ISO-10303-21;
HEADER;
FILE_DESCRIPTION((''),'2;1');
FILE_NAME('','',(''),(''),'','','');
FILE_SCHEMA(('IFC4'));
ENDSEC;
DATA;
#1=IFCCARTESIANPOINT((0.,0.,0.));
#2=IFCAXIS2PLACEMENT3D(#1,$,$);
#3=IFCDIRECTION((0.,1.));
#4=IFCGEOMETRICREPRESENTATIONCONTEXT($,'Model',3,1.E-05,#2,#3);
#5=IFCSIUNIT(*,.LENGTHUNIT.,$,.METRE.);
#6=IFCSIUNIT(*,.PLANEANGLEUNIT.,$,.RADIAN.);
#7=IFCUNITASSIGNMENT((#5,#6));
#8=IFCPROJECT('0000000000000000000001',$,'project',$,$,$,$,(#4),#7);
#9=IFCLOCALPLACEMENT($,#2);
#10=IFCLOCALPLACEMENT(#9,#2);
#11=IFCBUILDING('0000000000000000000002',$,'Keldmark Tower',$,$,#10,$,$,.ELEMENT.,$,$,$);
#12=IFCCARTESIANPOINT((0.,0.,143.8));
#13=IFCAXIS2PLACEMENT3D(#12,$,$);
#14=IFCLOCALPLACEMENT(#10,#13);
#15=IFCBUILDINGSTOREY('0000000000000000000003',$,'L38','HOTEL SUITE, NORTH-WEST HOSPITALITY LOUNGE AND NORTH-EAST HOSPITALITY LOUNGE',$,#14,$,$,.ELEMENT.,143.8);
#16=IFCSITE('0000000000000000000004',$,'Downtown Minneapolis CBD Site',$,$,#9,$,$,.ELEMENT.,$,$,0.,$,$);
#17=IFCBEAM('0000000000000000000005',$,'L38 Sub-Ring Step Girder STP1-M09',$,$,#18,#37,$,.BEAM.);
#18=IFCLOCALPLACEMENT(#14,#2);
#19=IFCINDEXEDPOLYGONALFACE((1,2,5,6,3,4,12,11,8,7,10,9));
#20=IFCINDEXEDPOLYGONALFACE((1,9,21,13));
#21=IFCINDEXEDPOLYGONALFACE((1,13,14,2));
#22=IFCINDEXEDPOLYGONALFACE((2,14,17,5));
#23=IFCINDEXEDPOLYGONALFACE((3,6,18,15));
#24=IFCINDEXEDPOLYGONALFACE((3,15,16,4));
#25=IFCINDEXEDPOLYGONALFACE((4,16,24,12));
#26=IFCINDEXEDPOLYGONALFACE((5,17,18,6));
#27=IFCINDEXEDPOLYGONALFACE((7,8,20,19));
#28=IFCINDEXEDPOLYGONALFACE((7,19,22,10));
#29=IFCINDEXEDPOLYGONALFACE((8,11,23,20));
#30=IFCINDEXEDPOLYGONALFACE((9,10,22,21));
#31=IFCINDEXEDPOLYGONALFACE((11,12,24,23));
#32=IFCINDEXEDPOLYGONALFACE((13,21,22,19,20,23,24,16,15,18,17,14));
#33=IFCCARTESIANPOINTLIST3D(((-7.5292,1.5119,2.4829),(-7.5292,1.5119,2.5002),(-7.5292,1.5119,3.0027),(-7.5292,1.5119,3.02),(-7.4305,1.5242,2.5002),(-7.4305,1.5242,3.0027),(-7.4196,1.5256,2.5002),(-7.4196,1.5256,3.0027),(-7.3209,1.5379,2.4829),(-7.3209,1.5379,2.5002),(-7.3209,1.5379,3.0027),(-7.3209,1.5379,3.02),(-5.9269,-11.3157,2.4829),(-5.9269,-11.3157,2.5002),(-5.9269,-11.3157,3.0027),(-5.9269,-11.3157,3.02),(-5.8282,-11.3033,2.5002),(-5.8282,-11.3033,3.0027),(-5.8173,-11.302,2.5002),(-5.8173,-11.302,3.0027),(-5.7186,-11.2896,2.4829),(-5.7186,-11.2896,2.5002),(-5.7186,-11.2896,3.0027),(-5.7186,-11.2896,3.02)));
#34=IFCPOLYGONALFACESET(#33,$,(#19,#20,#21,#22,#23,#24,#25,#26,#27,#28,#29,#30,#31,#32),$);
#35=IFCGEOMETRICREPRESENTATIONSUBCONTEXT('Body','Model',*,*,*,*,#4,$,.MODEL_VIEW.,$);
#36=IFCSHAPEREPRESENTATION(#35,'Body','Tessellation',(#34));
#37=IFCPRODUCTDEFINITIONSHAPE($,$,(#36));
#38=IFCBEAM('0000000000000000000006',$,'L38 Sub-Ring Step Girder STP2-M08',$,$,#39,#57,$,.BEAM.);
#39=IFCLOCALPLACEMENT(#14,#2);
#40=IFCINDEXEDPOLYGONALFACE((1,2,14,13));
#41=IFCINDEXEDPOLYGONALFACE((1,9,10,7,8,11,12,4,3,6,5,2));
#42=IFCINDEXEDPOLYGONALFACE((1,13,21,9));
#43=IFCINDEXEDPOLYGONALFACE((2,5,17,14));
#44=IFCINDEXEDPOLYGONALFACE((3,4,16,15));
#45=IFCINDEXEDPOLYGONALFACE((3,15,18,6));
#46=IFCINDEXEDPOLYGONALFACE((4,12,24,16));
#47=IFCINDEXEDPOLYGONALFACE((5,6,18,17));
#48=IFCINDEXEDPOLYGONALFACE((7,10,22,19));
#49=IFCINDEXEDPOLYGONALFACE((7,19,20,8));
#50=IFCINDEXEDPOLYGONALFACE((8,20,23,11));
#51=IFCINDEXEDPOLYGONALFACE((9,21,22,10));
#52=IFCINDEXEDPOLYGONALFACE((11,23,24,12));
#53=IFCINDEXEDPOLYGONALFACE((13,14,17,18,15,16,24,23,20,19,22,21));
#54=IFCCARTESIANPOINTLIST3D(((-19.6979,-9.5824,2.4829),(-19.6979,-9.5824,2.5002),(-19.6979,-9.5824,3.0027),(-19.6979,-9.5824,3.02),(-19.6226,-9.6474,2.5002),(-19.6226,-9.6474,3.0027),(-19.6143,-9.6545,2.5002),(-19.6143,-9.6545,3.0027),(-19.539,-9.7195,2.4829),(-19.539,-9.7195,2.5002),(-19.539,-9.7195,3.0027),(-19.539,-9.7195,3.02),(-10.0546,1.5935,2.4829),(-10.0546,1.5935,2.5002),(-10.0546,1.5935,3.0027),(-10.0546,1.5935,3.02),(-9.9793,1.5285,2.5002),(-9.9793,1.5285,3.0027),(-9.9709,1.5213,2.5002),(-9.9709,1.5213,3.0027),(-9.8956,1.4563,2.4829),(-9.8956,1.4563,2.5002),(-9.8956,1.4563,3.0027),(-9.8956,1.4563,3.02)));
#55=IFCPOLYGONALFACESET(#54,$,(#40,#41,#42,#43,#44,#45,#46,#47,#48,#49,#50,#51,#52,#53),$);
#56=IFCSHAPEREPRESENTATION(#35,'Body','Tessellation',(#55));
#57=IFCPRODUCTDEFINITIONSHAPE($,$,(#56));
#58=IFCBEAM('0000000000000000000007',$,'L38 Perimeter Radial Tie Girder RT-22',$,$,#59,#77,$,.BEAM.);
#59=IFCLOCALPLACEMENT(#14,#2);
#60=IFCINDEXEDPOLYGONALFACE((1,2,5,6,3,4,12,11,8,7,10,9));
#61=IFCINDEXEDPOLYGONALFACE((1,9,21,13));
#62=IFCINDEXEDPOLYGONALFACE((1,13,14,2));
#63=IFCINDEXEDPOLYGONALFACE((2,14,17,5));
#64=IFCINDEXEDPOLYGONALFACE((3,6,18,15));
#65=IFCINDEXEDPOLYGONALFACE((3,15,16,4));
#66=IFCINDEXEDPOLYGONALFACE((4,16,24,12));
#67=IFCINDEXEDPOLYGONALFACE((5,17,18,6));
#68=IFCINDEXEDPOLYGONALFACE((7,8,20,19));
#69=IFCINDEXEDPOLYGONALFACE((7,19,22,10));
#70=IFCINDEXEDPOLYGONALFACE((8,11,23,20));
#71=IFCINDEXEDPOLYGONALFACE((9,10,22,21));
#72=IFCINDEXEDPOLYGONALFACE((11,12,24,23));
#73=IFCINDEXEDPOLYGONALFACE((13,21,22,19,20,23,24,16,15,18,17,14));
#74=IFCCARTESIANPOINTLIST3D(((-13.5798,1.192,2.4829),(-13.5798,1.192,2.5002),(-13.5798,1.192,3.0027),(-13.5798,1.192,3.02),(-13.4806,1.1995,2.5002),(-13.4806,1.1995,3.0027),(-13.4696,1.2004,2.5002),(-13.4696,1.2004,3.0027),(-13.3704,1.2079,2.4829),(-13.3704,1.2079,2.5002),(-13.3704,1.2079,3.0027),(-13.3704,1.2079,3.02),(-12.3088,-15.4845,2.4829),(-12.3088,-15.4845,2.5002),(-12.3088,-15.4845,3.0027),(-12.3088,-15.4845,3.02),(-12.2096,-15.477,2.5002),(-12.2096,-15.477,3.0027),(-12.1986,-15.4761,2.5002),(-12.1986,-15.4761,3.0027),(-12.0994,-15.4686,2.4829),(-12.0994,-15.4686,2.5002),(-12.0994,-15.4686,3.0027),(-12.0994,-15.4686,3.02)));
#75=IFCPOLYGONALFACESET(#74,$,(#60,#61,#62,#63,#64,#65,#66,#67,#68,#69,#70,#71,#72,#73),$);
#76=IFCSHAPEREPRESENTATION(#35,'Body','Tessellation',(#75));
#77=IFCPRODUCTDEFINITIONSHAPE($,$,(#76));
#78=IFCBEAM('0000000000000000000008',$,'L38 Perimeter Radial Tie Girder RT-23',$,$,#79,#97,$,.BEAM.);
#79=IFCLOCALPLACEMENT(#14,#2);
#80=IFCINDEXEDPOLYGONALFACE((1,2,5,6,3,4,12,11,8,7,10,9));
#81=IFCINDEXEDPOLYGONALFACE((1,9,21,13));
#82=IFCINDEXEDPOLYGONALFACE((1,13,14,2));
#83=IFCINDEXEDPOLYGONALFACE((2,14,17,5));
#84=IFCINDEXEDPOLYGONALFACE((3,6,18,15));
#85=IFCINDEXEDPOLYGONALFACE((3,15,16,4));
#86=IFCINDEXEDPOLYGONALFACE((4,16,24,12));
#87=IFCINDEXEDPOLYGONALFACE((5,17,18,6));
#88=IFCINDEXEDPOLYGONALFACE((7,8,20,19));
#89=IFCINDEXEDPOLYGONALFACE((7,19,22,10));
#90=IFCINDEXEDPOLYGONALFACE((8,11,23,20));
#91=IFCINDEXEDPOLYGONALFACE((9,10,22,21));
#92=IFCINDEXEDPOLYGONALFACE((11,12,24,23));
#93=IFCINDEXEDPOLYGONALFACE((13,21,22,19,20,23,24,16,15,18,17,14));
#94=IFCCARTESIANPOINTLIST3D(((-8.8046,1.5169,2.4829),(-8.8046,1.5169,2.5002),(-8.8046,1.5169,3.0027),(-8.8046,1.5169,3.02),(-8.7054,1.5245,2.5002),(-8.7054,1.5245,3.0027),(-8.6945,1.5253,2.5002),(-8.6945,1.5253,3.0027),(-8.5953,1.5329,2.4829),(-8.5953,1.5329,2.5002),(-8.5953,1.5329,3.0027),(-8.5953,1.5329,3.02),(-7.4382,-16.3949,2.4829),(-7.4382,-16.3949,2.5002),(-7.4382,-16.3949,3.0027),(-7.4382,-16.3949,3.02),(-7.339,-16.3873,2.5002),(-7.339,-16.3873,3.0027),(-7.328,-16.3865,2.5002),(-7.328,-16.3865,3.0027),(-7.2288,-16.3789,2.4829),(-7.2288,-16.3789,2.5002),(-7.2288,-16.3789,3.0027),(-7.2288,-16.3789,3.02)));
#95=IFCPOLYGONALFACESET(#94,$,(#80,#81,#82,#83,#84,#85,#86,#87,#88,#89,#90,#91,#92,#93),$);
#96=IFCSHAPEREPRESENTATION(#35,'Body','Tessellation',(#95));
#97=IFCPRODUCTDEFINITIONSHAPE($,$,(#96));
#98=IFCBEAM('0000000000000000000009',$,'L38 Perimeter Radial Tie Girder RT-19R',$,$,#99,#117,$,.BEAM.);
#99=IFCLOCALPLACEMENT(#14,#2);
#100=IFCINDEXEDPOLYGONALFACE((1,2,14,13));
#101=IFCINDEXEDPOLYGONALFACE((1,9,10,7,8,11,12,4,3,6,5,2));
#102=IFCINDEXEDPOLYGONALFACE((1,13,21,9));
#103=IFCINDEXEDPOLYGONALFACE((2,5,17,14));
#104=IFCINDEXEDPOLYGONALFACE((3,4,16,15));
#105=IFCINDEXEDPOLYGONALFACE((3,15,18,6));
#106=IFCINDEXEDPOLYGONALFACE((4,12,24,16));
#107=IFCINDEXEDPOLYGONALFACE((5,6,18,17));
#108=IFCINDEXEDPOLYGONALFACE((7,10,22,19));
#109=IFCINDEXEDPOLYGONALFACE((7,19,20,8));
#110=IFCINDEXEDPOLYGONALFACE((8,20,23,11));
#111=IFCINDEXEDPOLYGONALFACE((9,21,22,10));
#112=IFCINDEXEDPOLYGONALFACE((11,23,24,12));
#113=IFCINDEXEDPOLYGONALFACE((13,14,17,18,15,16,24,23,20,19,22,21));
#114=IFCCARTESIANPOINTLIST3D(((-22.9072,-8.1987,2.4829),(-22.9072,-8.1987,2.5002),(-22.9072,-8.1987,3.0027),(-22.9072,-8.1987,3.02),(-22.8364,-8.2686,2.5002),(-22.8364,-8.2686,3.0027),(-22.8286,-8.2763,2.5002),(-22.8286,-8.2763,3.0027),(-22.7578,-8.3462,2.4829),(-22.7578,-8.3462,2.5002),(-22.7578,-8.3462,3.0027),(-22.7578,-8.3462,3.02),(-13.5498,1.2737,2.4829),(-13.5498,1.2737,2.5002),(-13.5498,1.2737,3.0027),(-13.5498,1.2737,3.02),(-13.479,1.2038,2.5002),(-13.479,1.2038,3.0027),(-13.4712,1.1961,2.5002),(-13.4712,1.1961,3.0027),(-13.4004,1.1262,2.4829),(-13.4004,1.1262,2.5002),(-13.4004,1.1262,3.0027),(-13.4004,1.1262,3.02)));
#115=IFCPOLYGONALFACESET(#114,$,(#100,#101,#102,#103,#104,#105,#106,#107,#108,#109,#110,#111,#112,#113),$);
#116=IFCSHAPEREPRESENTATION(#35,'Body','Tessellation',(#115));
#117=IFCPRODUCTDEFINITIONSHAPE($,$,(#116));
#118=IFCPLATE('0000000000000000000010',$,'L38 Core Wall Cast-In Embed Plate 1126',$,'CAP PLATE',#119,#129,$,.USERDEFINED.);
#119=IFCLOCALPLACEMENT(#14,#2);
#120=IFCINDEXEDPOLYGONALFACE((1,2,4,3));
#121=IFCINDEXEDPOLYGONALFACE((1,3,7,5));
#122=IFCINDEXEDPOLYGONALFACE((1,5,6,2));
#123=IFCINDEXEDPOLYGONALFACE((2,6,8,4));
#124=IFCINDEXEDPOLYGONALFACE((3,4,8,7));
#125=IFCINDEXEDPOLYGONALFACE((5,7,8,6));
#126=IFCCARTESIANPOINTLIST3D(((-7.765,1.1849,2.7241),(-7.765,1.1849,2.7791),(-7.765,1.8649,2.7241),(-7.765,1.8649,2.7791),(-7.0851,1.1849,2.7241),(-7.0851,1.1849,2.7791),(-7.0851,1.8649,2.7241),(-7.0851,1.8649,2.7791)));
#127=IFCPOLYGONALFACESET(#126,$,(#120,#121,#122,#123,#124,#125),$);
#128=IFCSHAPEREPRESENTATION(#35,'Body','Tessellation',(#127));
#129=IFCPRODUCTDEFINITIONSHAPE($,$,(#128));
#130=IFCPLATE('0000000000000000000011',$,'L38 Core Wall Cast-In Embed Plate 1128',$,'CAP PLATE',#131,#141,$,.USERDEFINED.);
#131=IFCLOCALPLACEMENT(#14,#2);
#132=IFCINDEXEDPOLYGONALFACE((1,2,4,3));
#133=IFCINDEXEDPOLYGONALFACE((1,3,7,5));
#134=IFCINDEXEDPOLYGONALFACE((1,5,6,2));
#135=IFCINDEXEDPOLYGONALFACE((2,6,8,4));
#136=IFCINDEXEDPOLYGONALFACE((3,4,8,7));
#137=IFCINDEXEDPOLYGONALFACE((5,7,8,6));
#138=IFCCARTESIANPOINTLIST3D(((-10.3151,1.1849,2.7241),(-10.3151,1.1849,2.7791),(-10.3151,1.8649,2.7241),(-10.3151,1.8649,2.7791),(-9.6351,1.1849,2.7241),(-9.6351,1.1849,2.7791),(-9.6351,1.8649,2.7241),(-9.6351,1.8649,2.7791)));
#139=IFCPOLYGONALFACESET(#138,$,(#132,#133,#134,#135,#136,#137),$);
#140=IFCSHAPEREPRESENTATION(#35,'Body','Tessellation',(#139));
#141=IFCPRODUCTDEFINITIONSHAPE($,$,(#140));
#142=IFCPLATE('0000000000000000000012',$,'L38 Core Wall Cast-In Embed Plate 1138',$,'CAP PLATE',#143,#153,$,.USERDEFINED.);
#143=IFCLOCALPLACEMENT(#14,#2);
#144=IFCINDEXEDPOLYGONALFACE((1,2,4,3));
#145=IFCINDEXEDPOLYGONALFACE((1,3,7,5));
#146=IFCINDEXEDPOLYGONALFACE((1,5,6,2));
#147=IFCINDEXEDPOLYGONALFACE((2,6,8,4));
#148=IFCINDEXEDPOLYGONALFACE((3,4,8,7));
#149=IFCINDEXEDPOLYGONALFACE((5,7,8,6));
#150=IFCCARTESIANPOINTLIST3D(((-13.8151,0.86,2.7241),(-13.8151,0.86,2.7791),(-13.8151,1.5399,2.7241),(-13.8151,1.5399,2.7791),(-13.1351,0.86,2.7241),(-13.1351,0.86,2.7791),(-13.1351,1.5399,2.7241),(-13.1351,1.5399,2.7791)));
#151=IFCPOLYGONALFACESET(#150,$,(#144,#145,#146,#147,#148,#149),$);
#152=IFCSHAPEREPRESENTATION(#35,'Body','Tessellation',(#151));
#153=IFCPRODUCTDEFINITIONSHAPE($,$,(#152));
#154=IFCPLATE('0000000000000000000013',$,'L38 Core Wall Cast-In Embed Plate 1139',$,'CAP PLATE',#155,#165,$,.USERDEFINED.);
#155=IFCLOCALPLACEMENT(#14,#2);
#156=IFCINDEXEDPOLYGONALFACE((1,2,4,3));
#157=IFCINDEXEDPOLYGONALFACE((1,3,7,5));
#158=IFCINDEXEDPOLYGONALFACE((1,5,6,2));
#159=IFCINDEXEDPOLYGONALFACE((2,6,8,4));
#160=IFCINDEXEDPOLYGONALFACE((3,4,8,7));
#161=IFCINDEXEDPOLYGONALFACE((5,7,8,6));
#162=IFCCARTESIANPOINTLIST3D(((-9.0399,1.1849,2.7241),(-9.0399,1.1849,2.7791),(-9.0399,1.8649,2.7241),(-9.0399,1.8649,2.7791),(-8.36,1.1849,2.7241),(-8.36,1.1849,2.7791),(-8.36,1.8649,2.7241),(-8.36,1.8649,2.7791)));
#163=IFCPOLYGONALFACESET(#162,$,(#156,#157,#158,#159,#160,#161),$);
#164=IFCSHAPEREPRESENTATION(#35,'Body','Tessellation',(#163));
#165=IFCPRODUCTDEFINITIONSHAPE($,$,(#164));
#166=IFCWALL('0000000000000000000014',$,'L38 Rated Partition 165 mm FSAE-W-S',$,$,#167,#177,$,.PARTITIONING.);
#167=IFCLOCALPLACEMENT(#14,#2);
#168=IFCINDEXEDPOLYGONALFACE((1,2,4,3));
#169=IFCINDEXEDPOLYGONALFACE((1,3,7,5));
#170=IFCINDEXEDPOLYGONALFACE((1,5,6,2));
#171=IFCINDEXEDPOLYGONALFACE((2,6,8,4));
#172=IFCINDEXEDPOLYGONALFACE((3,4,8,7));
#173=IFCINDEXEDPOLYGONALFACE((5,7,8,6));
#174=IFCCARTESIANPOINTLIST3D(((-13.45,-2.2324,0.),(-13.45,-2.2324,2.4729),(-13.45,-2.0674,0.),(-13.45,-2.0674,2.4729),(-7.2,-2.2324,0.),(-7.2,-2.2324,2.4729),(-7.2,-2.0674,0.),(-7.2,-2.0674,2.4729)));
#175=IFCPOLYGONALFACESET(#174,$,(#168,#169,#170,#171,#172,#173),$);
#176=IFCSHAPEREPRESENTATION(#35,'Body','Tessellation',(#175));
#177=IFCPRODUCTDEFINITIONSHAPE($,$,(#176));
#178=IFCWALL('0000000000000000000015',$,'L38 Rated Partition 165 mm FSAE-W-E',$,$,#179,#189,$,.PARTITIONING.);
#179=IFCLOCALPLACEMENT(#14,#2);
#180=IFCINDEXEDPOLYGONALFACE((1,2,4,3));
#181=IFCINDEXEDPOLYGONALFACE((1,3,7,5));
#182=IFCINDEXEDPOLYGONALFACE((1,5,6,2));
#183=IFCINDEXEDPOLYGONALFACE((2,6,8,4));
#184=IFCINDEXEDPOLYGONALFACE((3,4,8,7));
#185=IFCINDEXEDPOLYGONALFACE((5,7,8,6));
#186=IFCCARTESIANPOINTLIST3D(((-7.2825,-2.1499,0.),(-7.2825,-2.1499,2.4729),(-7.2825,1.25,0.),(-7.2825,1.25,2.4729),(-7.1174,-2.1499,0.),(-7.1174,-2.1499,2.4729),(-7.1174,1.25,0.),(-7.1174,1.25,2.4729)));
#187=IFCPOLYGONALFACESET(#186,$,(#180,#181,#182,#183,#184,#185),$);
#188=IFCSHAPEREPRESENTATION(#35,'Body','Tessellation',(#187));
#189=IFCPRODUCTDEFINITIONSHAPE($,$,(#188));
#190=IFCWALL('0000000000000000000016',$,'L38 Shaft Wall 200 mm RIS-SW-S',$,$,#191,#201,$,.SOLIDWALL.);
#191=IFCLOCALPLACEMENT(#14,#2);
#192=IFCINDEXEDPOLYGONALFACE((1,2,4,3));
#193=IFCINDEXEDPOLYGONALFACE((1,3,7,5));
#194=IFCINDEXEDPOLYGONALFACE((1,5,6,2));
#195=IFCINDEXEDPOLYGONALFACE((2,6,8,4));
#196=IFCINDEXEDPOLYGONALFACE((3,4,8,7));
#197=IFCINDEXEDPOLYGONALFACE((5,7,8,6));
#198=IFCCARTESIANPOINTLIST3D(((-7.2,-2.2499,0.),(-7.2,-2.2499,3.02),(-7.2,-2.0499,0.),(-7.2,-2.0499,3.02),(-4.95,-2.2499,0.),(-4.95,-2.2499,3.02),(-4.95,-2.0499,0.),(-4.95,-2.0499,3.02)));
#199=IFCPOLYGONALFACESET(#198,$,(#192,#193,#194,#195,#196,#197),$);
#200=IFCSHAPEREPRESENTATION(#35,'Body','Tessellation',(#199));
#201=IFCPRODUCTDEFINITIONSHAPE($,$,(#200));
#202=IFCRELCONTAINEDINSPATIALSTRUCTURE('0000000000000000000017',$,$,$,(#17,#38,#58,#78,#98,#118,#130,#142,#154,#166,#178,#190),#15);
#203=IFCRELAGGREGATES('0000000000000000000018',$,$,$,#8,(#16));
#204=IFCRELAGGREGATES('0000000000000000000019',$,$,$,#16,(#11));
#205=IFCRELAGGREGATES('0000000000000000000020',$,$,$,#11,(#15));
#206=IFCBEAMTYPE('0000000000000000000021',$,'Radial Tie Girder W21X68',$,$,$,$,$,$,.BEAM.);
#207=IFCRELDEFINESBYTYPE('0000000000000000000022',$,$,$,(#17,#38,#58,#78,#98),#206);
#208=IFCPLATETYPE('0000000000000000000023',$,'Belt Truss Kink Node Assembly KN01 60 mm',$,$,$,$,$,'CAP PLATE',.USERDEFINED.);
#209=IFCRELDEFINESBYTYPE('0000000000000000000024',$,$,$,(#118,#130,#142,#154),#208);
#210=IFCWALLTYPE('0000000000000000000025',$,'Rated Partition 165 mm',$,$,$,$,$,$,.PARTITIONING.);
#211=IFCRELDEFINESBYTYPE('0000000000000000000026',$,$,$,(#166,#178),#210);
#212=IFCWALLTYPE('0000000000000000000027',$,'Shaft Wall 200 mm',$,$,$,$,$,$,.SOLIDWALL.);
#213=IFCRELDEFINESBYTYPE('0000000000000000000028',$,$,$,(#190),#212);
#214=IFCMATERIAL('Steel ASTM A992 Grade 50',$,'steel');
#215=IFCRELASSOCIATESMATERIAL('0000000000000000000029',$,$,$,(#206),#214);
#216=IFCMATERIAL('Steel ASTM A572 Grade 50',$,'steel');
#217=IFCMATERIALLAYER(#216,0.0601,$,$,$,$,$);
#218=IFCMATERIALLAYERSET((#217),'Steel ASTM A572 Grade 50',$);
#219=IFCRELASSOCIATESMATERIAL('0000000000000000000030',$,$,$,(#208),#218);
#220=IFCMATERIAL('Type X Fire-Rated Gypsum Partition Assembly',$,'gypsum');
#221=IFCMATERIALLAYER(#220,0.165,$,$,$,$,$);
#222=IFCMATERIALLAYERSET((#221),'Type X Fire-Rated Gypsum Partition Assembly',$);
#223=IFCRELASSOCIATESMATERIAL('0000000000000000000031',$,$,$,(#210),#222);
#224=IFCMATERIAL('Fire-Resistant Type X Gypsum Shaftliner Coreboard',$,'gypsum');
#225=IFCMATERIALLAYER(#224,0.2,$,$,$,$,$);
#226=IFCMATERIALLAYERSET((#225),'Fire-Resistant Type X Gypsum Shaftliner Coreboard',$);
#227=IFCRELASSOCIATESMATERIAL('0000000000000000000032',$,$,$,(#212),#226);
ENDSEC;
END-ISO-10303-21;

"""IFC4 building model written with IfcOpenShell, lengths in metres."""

from ifc_helpers import new_model, si_unit, direction, frame, frame_2d, origin, origin_2d, place, context, subcontext, project, spatial, rectangle, i_section, extrude, material, layer, layer_set, material_profile, profile_set, type_object, element, save


model = new_model("IFC4")

# Units and contexts
model_context = context("Model", 3, precision=1e-05, world=origin(), true_north=direction((0.0, 1.0)))
body_context = subcontext(model_context, "Body", "Model", "MODEL_VIEW")
ifc_project = project(units=[si_unit("LENGTHUNIT", "METRE"), si_unit("PLANEANGLEUNIT", "RADIAN")], contexts=[model_context])

# Site, building, storey
site_placement = place(None, origin())
site = spatial("IfcSite", under=ifc_project, at=site_placement, Name="Downtown Minneapolis CBD Site", CompositionType="ELEMENT", RefElevation=0.0)
building_placement = place(site_placement, origin())
building = spatial("IfcBuilding", under=site, at=building_placement, Name="Keldmark Tower", CompositionType="ELEMENT")
storey_placement = place(building_placement, frame((0.0, 0.0, 143.8)))
storey = spatial("IfcBuildingStorey", under=building, at=storey_placement, Name="L38", Description="HOTEL SUITE, NORTH-WEST HOSPITALITY LOUNGE AND NORTH-EAST HOSPITALITY LOUNGE", CompositionType="ELEMENT", Elevation=143.8)

# Beams
ifc_material_1 = material(Name="Steel ASTM A992 Grade 50", Category="steel")
ifc_material_profile = material_profile(ifc_material_1, i_section(OverallWidth=0.21, OverallDepth=0.5371, WebThickness=0.011, FlangeThickness=0.0173, at=origin_2d()), Name="W21X68")
ifc_profile_set = profile_set([ifc_material_profile], Name="Steel ASTM A992 Grade 50")
beam_type = type_object("IfcBeamType", Name="Radial Tie Girder W21X68", PredefinedType="BEAM", material=ifc_profile_set)
beam_1_placement = place(storey_placement, frame((-7.425, 1.5249, 2.7515), z_axis=(0.123946, -0.992289, 0.0), x_axis=(0.992289, 0.123946, 0.0)))
element("IfcBeam", 1, at=beam_1_placement, inside=storey, type_object=beam_type, Name="L38 Sub-Ring Step Girder STP1-M09", PredefinedType="BEAM", context=body_context, shape_type="SweptSolid", body=[
    extrude(i_section(OverallWidth=0.21, OverallDepth=0.5371, WebThickness=0.011, FlangeThickness=0.0173, at=origin_2d()), origin(), (0.0, 0.0, 1.0), 12.9272),
])
beam_2_placement = place(storey_placement, frame((-9.9751, 1.5249, 2.7515), z_axis=(-0.65329, -0.757108, 0.0), x_axis=(0.757108, -0.65329, 0.0)))
element("IfcBeam", 2, at=beam_2_placement, inside=storey, type_object=beam_type, Name="L38 Sub-Ring Step Girder STP2-M08", PredefinedType="BEAM", context=body_context, shape_type="SweptSolid", body=[
    extrude(i_section(OverallWidth=0.21, OverallDepth=0.5371, WebThickness=0.011, FlangeThickness=0.0173, at=origin_2d()), origin(), (0.0, 0.0, 1.0), 14.7612),
])
beam_3_placement = place(storey_placement, frame((-13.4751, 1.2, 2.7515), z_axis=(0.075994, -0.997108, 0.0), x_axis=(0.997108, 0.075994, 0.0)))
element("IfcBeam", 3, at=beam_3_placement, inside=storey, type_object=beam_type, Name="L38 Perimeter Radial Tie Girder RT-22", PredefinedType="BEAM", context=body_context, shape_type="SweptSolid", body=[
    extrude(i_section(OverallWidth=0.21, OverallDepth=0.5371, WebThickness=0.011, FlangeThickness=0.0173, at=origin_2d()), origin(), (0.0, 0.0, 1.0), 16.7249),
])
beam_4_placement = place(storey_placement, frame((-8.7, 1.5249, 2.7515), z_axis=(0.076067, -0.997103, 0.0), x_axis=(0.997103, 0.076067, 0.0)))
element("IfcBeam", 4, at=beam_4_placement, inside=storey, type_object=beam_type, Name="L38 Perimeter Radial Tie Girder RT-23", PredefinedType="BEAM", context=body_context, shape_type="SweptSolid", body=[
    extrude(i_section(OverallWidth=0.21, OverallDepth=0.5371, WebThickness=0.011, FlangeThickness=0.0173, at=origin_2d()), origin(), (0.0, 0.0, 1.0), 17.9639),
])
beam_5_placement = place(storey_placement, frame((-13.4751, 1.2, 2.7515), z_axis=(-0.702776, -0.711412, 0.0), x_axis=(0.711412, -0.702776, 0.0)))
element("IfcBeam", 5, at=beam_5_placement, inside=storey, type_object=beam_type, Name="L38 Perimeter Radial Tie Girder RT-19R", PredefinedType="BEAM", context=body_context, shape_type="SweptSolid", body=[
    extrude(i_section(OverallWidth=0.21, OverallDepth=0.5371, WebThickness=0.011, FlangeThickness=0.0173, at=origin_2d()), origin(), (0.0, 0.0, 1.0), 13.3149),
])

# Plates
ifc_material_2 = material(Name="Steel ASTM A572 Grade 50", Category="steel")
ifc_layer_1 = layer(ifc_material_2, 0.0601)
ifc_layer_set_1 = layer_set([ifc_layer_1], Name="Steel ASTM A572 Grade 50")
plate_type = type_object("IfcPlateType", Name="Belt Truss Kink Node Assembly KN01 60 mm", ElementType="CAP PLATE", PredefinedType="USERDEFINED", material=ifc_layer_set_1)
for number, where, z_axis, x_axis, name in (
    (6, (-7.425, 1.5249, 2.7241), (0.0, 0.0, 1.0), (1.0, 0.0, 0.0), "L38 Core Wall Cast-In Embed Plate 1126"),
    (7, (-9.9751, 1.5249, 2.7241), (0.0, 0.0, 1.0), (1.0, 0.0, 0.0), "L38 Core Wall Cast-In Embed Plate 1128"),
    (8, (-13.4751, 1.2, 2.7241), (0.0, 0.0, 1.0), (1.0, 0.0, 0.0), "L38 Core Wall Cast-In Embed Plate 1138"),
    (9, (-8.7, 1.5249, 2.7241), (0.0, 0.0, 1.0), (1.0, 0.0, 0.0), "L38 Core Wall Cast-In Embed Plate 1139"),
):
    element("IfcPlate", number, at=place(storey_placement, frame(where, z_axis=z_axis, x_axis=x_axis)), inside=storey, type_object=plate_type, Name=name, ObjectType="CAP PLATE", PredefinedType="USERDEFINED", context=body_context, shape_type="SweptSolid", body=[
        extrude(rectangle(XDim=0.6799, YDim=0.6799, at=origin_2d()), origin(), (0.0, 0.0, 1.0), 0.0549),
    ])

# Wall
ifc_material_3 = material(Name="Type X Fire-Rated Gypsum Partition Assembly", Category="gypsum")
ifc_layer_2 = layer(ifc_material_3, 0.165)
ifc_layer_set_2 = layer_set([ifc_layer_2], Name="Type X Fire-Rated Gypsum Partition Assembly")
wall_type_1 = type_object("IfcWallType", Name="Rated Partition 165 mm", PredefinedType="PARTITIONING", material=ifc_layer_set_2)
wall_1_placement = place(storey_placement, frame((-13.45, -2.1499, 0.0), z_axis=(0.0, 0.0, 1.0), x_axis=(1.0, 0.0, 0.0)))
element("IfcWall", 10, at=wall_1_placement, inside=storey, type_object=wall_type_1, Name="L38 Rated Partition 165 mm FSAE-W-S", PredefinedType="PARTITIONING", context=body_context, shape_type="SweptSolid", body=[
    extrude(rectangle(XDim=6.25, YDim=0.165, at=frame_2d((3.125, 0.0))), origin(), (0.0, 0.0, 1.0), 2.4729),
])

# Walls
wall_2_placement = place(storey_placement, frame((-7.2, -2.1499, 0.0), z_axis=(0.0, 0.0, 1.0), x_axis=(0.0, 1.0, 0.0)))
element("IfcWall", 11, at=wall_2_placement, inside=storey, type_object=wall_type_1, Name="L38 Rated Partition 165 mm FSAE-W-E", PredefinedType="PARTITIONING", context=body_context, shape_type="SweptSolid", body=[
    extrude(rectangle(XDim=3.3999, YDim=0.165, at=frame_2d((1.7, 0.0))), origin(), (0.0, 0.0, 1.0), 2.4729),
])
ifc_material_4 = material(Name="Fire-Resistant Type X Gypsum Shaftliner Coreboard", Category="gypsum")
ifc_layer_3 = layer(ifc_material_4, 0.2)
ifc_layer_set_3 = layer_set([ifc_layer_3], Name="Fire-Resistant Type X Gypsum Shaftliner Coreboard")
wall_type_2 = type_object("IfcWallType", Name="Shaft Wall 200 mm", PredefinedType="SOLIDWALL", material=ifc_layer_set_3)
wall_3_placement = place(storey_placement, frame((-7.2, -2.1499, 0.0), z_axis=(0.0, 0.0, 1.0), x_axis=(1.0, 0.0, 0.0)))
element("IfcWall", 12, at=wall_3_placement, inside=storey, type_object=wall_type_2, Name="L38 Shaft Wall 200 mm RIS-SW-S", PredefinedType="SOLIDWALL", context=body_context, shape_type="SweptSolid", body=[
    extrude(rectangle(XDim=2.25, YDim=0.2, at=frame_2d((1.125, 0.0))), origin(), (0.0, 0.0, 1.0), 3.02),
])

save(model, "model.ifc")
